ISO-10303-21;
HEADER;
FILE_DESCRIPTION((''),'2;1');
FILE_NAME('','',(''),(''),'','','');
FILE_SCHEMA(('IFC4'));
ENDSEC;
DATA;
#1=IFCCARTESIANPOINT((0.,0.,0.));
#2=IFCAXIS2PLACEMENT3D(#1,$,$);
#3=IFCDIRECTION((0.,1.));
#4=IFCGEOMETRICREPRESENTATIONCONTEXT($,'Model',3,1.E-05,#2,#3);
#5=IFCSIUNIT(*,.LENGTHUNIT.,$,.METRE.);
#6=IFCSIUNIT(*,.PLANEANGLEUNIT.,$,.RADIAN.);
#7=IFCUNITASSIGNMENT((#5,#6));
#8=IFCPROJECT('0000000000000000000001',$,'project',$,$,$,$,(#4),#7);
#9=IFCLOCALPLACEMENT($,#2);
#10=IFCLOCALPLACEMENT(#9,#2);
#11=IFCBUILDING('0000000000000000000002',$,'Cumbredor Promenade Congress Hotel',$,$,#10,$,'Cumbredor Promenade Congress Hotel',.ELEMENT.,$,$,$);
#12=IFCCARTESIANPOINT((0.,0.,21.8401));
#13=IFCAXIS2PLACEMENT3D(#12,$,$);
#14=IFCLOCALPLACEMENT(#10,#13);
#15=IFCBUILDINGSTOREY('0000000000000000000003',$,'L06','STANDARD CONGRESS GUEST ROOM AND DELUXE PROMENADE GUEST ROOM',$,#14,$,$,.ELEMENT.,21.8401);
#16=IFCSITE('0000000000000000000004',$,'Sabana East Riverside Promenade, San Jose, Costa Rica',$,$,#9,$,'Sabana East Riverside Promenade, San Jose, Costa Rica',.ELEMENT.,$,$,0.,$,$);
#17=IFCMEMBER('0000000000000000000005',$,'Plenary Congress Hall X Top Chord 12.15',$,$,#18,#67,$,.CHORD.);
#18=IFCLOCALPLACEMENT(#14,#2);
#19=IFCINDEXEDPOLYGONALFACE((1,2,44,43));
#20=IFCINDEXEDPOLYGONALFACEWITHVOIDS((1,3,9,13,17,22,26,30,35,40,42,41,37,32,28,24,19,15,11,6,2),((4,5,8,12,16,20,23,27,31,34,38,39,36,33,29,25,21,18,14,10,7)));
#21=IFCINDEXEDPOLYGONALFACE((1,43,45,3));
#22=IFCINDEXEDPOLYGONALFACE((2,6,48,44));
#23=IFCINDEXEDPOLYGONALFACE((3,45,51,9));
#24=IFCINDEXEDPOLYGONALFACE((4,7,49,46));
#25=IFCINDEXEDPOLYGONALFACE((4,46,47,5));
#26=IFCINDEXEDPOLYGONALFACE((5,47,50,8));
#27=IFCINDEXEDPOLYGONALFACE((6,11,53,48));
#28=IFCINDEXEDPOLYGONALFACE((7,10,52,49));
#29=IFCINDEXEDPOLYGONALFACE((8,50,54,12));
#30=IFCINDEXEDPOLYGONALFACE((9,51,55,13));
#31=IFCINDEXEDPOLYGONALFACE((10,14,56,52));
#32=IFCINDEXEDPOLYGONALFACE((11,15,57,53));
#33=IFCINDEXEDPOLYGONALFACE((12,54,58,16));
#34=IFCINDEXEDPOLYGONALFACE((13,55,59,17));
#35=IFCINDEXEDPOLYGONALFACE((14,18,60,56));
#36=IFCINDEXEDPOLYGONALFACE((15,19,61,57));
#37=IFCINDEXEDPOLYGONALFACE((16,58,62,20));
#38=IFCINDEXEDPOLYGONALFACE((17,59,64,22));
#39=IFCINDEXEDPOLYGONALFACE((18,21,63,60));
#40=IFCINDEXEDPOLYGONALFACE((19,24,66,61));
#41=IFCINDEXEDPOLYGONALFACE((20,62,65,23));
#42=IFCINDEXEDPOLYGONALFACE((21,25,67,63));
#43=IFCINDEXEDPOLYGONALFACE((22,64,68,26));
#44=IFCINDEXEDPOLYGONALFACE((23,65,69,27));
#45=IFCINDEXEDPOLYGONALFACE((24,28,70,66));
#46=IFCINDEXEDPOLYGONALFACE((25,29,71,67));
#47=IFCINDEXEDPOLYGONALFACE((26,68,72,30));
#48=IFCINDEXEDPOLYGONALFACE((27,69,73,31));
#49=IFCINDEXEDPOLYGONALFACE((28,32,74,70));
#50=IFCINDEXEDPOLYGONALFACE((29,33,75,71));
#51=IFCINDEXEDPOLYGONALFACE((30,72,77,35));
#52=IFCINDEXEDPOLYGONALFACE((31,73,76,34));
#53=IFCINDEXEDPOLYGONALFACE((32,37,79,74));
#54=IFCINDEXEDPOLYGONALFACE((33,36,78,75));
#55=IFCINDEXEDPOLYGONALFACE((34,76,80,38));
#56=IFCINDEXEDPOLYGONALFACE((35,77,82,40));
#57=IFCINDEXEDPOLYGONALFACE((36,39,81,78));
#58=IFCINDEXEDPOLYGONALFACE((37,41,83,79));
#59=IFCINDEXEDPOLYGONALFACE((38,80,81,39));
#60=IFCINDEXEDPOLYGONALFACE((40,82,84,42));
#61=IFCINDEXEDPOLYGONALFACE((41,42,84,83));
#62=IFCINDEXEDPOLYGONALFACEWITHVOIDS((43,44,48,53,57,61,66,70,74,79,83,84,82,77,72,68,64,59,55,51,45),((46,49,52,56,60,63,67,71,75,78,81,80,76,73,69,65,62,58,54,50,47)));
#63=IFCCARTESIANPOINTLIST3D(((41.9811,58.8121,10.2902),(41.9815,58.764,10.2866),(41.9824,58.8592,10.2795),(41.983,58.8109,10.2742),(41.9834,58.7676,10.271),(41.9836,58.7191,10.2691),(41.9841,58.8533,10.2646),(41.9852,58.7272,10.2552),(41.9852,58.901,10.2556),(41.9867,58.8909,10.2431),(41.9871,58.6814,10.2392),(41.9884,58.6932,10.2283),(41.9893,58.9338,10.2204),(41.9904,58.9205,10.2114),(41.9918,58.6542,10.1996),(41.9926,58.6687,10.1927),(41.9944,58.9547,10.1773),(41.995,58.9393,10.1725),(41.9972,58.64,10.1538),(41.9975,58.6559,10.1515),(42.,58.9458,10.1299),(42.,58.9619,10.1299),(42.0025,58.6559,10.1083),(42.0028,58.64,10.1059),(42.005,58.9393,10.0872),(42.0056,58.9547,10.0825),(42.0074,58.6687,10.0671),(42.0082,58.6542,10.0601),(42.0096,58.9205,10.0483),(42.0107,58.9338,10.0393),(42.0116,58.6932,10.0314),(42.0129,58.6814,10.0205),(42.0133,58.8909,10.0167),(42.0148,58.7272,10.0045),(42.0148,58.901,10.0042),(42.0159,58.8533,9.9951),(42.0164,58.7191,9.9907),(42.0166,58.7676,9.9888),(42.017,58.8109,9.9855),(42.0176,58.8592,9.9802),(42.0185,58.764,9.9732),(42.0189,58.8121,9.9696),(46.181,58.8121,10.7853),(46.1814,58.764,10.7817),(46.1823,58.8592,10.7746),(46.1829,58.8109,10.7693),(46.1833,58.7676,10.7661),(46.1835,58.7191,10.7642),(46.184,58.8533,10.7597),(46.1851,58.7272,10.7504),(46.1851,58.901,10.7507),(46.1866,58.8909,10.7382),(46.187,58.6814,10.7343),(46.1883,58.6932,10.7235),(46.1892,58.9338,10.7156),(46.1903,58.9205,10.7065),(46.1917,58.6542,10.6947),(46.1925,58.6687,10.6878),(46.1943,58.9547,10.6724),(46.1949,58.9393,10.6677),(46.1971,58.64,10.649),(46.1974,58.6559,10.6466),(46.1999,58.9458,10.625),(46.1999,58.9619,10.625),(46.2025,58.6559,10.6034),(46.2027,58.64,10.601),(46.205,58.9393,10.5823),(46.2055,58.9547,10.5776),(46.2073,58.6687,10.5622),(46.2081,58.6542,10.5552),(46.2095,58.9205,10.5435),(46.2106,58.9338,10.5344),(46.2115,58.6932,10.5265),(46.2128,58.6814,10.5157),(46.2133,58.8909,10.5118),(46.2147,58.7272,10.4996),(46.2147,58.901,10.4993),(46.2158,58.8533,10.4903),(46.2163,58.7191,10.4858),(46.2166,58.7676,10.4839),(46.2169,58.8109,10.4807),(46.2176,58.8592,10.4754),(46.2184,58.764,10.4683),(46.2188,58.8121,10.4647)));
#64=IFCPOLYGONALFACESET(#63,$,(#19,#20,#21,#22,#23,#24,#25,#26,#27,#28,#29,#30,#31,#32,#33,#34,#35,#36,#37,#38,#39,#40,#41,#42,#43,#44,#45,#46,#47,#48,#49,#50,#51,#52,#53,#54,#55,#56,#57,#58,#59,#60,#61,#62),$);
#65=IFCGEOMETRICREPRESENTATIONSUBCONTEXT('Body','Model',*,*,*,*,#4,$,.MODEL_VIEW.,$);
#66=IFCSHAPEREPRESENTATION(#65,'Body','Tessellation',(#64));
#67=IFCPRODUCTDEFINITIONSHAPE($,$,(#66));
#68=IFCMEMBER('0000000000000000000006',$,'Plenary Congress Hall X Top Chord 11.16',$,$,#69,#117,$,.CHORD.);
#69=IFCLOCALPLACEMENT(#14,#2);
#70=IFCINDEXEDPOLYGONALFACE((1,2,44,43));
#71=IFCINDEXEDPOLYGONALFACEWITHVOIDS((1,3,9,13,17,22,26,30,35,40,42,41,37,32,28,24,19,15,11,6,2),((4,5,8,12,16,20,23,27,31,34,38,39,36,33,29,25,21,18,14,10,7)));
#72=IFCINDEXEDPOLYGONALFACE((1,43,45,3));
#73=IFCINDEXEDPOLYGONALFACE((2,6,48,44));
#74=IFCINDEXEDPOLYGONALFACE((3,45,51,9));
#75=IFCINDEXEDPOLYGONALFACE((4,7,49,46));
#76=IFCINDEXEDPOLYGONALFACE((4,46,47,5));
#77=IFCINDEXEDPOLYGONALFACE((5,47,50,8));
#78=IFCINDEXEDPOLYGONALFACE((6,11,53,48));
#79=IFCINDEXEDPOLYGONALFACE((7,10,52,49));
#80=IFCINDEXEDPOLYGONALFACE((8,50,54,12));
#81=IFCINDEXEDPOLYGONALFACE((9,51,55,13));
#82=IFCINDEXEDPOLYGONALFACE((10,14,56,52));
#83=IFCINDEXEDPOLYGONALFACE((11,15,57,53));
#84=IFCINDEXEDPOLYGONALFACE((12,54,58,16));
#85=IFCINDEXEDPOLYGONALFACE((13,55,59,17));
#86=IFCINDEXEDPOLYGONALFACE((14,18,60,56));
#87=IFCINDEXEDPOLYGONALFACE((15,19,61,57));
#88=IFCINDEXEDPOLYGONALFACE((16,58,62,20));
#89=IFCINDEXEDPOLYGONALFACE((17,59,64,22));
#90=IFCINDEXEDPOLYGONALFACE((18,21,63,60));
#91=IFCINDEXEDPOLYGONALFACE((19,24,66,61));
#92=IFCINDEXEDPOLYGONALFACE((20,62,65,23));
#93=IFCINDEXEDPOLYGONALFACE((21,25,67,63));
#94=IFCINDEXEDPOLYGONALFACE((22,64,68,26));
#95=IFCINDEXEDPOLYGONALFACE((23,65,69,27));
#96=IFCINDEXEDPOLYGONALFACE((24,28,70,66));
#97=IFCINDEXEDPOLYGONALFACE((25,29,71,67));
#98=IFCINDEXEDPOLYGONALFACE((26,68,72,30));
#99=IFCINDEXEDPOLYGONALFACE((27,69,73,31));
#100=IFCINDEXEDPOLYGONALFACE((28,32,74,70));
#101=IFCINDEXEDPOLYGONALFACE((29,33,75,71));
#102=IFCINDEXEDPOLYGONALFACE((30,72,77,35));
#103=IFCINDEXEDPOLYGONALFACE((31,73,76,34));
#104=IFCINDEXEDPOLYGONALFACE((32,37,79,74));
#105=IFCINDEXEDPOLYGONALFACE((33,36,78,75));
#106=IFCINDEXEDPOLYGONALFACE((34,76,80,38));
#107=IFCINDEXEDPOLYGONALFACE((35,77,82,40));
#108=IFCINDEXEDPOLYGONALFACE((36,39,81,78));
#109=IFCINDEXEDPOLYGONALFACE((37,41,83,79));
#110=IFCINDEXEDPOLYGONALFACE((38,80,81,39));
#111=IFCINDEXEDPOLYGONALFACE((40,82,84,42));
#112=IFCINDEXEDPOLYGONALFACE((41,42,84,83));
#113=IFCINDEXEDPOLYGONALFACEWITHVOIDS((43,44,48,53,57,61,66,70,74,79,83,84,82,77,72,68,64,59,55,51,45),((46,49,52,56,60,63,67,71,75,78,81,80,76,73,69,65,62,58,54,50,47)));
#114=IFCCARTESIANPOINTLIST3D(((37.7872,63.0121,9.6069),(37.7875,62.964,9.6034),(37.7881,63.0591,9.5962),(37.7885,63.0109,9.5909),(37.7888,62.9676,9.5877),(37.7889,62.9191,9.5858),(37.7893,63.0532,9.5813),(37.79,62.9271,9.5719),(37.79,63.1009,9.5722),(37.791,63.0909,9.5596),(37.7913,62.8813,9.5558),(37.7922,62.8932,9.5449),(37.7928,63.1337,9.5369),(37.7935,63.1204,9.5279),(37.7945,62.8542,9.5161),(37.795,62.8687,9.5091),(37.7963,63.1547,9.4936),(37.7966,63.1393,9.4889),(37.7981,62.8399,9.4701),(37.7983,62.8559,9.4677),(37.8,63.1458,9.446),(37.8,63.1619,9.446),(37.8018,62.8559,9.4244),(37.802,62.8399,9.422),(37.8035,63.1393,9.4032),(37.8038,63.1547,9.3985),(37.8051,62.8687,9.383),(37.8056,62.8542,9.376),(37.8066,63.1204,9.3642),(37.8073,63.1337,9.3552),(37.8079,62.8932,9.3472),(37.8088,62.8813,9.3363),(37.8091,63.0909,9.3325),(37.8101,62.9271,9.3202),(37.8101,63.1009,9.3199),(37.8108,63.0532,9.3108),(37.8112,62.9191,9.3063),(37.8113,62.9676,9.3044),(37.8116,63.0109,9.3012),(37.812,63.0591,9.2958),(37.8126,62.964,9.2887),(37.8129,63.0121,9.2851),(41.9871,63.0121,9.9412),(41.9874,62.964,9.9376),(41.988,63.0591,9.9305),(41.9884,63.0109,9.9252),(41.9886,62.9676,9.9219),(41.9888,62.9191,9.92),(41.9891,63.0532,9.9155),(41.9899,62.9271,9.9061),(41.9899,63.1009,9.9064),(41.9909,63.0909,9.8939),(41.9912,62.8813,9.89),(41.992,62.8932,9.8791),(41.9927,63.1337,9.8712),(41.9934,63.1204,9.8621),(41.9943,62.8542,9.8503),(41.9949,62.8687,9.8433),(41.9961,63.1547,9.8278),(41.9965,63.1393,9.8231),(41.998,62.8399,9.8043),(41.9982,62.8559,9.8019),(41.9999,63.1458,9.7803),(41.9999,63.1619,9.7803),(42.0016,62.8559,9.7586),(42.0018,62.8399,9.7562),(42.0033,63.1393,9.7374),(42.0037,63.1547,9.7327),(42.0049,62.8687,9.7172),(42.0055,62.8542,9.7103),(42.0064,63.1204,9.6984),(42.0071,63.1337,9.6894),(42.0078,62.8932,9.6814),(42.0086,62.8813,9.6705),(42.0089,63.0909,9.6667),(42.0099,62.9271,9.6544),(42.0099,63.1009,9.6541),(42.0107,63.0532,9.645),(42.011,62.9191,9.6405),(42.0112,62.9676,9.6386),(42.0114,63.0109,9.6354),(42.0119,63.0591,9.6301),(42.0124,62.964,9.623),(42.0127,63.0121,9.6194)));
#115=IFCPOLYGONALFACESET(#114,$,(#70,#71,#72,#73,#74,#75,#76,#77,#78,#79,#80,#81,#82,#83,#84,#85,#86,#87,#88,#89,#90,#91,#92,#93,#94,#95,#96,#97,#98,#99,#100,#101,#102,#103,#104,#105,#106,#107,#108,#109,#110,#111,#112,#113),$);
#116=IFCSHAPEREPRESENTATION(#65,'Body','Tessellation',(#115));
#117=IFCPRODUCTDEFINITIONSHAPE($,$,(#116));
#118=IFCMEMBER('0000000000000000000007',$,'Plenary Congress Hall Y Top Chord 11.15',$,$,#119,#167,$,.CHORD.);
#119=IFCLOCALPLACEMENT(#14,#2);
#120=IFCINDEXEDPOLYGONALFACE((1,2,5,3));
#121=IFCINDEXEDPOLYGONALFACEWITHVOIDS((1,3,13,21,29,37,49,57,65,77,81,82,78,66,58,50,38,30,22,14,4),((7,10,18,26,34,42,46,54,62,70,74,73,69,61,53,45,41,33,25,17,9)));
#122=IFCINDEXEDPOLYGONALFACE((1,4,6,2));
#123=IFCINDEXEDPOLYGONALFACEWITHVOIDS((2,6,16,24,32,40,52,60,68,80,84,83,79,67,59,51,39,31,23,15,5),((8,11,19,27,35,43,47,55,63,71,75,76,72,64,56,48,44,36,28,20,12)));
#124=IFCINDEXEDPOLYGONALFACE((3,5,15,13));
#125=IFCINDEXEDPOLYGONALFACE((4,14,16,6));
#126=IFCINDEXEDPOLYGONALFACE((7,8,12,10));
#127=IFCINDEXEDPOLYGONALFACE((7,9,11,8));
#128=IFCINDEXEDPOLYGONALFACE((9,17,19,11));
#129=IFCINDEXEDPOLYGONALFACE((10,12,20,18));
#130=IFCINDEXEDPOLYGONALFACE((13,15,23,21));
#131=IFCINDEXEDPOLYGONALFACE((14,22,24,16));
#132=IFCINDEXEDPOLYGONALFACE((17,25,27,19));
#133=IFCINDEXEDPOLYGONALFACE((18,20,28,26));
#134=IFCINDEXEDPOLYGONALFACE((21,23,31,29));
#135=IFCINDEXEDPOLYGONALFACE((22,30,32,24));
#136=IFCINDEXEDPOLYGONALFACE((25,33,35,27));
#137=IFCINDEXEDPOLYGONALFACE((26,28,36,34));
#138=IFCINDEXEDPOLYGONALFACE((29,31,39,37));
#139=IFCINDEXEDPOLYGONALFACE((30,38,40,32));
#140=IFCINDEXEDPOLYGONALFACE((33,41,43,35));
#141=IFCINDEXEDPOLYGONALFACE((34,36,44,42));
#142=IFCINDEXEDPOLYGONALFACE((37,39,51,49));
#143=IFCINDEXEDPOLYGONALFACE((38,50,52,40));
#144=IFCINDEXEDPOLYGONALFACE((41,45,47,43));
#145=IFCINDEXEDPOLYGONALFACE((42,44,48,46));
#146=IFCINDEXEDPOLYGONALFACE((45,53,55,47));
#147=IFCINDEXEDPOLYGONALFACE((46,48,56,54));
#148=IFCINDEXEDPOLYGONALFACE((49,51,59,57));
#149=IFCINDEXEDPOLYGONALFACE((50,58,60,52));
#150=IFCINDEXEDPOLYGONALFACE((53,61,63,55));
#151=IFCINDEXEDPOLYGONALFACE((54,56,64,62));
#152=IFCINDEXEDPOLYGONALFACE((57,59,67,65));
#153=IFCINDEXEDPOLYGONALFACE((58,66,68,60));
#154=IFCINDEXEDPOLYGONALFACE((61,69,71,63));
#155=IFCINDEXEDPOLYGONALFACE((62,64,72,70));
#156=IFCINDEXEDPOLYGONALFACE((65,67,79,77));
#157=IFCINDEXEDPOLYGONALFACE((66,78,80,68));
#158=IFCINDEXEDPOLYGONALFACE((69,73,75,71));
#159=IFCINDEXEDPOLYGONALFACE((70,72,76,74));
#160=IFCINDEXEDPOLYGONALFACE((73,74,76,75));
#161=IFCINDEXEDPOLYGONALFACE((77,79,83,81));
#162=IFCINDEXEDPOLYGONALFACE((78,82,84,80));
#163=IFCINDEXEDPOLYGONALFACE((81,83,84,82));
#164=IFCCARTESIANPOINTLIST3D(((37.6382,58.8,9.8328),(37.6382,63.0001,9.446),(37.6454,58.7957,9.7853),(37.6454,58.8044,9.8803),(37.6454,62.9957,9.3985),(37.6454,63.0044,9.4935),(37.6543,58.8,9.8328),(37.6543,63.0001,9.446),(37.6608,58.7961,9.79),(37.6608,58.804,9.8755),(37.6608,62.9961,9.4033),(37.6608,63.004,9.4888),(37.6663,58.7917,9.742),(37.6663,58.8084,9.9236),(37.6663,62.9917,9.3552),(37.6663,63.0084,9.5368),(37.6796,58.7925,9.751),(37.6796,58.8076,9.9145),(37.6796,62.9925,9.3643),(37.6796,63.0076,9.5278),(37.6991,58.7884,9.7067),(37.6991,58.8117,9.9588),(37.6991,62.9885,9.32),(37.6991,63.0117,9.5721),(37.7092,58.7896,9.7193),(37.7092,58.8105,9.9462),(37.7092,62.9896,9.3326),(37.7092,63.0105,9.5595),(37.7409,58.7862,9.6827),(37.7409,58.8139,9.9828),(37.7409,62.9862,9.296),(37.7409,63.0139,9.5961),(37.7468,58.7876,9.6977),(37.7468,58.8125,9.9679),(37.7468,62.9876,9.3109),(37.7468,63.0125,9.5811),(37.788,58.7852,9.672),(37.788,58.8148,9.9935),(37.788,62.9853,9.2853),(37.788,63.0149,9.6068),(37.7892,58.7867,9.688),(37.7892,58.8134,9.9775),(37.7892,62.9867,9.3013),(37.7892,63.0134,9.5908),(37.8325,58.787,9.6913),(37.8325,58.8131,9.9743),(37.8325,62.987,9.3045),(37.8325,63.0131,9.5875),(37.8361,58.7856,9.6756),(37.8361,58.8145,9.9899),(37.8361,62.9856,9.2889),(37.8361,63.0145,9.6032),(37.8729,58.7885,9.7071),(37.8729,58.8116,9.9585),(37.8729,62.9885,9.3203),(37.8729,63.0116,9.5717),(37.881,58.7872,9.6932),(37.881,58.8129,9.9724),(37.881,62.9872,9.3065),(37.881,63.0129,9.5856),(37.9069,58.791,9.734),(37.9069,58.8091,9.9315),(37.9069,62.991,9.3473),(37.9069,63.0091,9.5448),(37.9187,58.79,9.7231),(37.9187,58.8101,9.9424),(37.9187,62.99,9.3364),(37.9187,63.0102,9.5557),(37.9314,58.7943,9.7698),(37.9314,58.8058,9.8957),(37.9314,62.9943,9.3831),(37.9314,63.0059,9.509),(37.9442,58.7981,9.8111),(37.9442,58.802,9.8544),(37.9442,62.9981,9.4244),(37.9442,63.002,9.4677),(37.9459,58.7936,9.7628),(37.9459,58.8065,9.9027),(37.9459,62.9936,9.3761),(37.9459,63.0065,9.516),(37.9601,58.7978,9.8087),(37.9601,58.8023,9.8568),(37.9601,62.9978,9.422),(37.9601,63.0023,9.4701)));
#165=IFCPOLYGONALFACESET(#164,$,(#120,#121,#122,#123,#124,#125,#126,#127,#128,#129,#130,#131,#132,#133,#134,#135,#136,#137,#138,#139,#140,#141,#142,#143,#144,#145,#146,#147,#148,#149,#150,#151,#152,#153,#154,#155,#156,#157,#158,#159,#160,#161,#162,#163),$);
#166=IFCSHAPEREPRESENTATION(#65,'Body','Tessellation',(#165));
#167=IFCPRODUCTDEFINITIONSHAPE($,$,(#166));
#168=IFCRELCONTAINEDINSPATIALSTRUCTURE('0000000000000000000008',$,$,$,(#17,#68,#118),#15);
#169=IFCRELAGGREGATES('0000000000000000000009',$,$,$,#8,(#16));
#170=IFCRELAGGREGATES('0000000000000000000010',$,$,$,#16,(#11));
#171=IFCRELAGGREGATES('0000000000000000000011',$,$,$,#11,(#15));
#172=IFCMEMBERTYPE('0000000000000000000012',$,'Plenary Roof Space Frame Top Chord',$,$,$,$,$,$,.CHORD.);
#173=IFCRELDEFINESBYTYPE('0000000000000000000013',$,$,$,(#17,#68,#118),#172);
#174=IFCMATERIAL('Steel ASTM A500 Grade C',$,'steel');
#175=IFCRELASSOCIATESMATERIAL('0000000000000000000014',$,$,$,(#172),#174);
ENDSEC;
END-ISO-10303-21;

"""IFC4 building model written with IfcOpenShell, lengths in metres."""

from ifc_helpers import new_model, si_unit, direction, frame, origin, origin_2d, place, context, subcontext, project, spatial, hollow_circle, extrude, material, material_profile, profile_set, type_object, element, save


model = new_model("IFC4")

# Units and contexts
model_context = context("Model", 3, precision=1e-05, world=origin(), true_north=direction((0.0, 1.0)))
body_context = subcontext(model_context, "Body", "Model", "MODEL_VIEW")
ifc_project = project(units=[si_unit("LENGTHUNIT", "METRE"), si_unit("PLANEANGLEUNIT", "RADIAN")], contexts=[model_context])

# Site, building, storey
site_placement = place(None, origin())
site = spatial("IfcSite", under=ifc_project, at=site_placement, Name="Sabana East Riverside Promenade, San Jose, Costa Rica", LongName="Sabana East Riverside Promenade, San Jose, Costa Rica", CompositionType="ELEMENT", RefElevation=0.0)
building_placement = place(site_placement, origin())
building = spatial("IfcBuilding", under=site, at=building_placement, Name="Cumbredor Promenade Congress Hotel", LongName="Cumbredor Promenade Congress Hotel", CompositionType="ELEMENT")
storey_placement = place(building_placement, frame((0.0, 0.0, 21.8401)))
storey = spatial("IfcBuildingStorey", under=building, at=storey_placement, Name="L06", Description="STANDARD CONGRESS GUEST ROOM AND DELUXE PROMENADE GUEST ROOM", CompositionType="ELEMENT", Elevation=21.8401)

# Members
ifc_material_1 = material(Name="Steel ASTM A500 Grade C", Category="steel")
ifc_material_profile_1 = material_profile(ifc_material_1, hollow_circle(Radius=0.1619, WallThickness=0.0161, at=origin_2d()), Name="CHS 323.9x16")
ifc_profile_set_1 = profile_set([ifc_material_profile_1], Name="Steel ASTM A500 Grade C")
member_type_1 = type_object("IfcMemberType", Name="Plenary Roof Space Frame Top Chord", PredefinedType="CHORD", material=ifc_profile_set_1)
member_1_placement = place(storey_placement, frame((42.0, 58.8, 10.1299), z_axis=(0.993123, 0.0, 0.117076), x_axis=(0.0, 1.0, 0.0)))
element("IfcMember", 1, at=member_1_placement, inside=storey, type_object=member_type_1, Name="Plenary Congress Hall X Top Chord 12.15", PredefinedType="CHORD", context=body_context, shape_type="SweptSolid", body=[
    extrude(hollow_circle(Radius=0.1619, WallThickness=0.0161, at=origin_2d()), origin(), (0.0, 0.0, 1.0), 4.229),
])
member_2_placement = place(storey_placement, frame((37.8, 63.0, 9.446), z_axis=(0.996849, 0.0, 0.079328), x_axis=(0.0, 1.0, 0.0)))
element("IfcMember", 2, at=member_2_placement, inside=storey, type_object=member_type_1, Name="Plenary Congress Hall X Top Chord 11.16", PredefinedType="CHORD", context=body_context, shape_type="SweptSolid", body=[
    extrude(hollow_circle(Radius=0.1619, WallThickness=0.0161, at=origin_2d()), origin(), (0.0, 0.0, 1.0), 4.2131),
])
member_3_placement = place(storey_placement, frame((37.8, 58.8, 9.8328), z_axis=(0.0, 0.995788, -0.091689), x_axis=(-1.0, 0.0, 0.0)))
element("IfcMember", 3, at=member_3_placement, inside=storey, type_object=member_type_1, Name="Plenary Congress Hall Y Top Chord 11.15", PredefinedType="CHORD", context=body_context, shape_type="SweptSolid", body=[
    extrude(hollow_circle(Radius=0.1619, WallThickness=0.0161, at=origin_2d()), origin(), (0.0, 0.0, 1.0), 4.2178),
])

save(model, "model.ifc")
